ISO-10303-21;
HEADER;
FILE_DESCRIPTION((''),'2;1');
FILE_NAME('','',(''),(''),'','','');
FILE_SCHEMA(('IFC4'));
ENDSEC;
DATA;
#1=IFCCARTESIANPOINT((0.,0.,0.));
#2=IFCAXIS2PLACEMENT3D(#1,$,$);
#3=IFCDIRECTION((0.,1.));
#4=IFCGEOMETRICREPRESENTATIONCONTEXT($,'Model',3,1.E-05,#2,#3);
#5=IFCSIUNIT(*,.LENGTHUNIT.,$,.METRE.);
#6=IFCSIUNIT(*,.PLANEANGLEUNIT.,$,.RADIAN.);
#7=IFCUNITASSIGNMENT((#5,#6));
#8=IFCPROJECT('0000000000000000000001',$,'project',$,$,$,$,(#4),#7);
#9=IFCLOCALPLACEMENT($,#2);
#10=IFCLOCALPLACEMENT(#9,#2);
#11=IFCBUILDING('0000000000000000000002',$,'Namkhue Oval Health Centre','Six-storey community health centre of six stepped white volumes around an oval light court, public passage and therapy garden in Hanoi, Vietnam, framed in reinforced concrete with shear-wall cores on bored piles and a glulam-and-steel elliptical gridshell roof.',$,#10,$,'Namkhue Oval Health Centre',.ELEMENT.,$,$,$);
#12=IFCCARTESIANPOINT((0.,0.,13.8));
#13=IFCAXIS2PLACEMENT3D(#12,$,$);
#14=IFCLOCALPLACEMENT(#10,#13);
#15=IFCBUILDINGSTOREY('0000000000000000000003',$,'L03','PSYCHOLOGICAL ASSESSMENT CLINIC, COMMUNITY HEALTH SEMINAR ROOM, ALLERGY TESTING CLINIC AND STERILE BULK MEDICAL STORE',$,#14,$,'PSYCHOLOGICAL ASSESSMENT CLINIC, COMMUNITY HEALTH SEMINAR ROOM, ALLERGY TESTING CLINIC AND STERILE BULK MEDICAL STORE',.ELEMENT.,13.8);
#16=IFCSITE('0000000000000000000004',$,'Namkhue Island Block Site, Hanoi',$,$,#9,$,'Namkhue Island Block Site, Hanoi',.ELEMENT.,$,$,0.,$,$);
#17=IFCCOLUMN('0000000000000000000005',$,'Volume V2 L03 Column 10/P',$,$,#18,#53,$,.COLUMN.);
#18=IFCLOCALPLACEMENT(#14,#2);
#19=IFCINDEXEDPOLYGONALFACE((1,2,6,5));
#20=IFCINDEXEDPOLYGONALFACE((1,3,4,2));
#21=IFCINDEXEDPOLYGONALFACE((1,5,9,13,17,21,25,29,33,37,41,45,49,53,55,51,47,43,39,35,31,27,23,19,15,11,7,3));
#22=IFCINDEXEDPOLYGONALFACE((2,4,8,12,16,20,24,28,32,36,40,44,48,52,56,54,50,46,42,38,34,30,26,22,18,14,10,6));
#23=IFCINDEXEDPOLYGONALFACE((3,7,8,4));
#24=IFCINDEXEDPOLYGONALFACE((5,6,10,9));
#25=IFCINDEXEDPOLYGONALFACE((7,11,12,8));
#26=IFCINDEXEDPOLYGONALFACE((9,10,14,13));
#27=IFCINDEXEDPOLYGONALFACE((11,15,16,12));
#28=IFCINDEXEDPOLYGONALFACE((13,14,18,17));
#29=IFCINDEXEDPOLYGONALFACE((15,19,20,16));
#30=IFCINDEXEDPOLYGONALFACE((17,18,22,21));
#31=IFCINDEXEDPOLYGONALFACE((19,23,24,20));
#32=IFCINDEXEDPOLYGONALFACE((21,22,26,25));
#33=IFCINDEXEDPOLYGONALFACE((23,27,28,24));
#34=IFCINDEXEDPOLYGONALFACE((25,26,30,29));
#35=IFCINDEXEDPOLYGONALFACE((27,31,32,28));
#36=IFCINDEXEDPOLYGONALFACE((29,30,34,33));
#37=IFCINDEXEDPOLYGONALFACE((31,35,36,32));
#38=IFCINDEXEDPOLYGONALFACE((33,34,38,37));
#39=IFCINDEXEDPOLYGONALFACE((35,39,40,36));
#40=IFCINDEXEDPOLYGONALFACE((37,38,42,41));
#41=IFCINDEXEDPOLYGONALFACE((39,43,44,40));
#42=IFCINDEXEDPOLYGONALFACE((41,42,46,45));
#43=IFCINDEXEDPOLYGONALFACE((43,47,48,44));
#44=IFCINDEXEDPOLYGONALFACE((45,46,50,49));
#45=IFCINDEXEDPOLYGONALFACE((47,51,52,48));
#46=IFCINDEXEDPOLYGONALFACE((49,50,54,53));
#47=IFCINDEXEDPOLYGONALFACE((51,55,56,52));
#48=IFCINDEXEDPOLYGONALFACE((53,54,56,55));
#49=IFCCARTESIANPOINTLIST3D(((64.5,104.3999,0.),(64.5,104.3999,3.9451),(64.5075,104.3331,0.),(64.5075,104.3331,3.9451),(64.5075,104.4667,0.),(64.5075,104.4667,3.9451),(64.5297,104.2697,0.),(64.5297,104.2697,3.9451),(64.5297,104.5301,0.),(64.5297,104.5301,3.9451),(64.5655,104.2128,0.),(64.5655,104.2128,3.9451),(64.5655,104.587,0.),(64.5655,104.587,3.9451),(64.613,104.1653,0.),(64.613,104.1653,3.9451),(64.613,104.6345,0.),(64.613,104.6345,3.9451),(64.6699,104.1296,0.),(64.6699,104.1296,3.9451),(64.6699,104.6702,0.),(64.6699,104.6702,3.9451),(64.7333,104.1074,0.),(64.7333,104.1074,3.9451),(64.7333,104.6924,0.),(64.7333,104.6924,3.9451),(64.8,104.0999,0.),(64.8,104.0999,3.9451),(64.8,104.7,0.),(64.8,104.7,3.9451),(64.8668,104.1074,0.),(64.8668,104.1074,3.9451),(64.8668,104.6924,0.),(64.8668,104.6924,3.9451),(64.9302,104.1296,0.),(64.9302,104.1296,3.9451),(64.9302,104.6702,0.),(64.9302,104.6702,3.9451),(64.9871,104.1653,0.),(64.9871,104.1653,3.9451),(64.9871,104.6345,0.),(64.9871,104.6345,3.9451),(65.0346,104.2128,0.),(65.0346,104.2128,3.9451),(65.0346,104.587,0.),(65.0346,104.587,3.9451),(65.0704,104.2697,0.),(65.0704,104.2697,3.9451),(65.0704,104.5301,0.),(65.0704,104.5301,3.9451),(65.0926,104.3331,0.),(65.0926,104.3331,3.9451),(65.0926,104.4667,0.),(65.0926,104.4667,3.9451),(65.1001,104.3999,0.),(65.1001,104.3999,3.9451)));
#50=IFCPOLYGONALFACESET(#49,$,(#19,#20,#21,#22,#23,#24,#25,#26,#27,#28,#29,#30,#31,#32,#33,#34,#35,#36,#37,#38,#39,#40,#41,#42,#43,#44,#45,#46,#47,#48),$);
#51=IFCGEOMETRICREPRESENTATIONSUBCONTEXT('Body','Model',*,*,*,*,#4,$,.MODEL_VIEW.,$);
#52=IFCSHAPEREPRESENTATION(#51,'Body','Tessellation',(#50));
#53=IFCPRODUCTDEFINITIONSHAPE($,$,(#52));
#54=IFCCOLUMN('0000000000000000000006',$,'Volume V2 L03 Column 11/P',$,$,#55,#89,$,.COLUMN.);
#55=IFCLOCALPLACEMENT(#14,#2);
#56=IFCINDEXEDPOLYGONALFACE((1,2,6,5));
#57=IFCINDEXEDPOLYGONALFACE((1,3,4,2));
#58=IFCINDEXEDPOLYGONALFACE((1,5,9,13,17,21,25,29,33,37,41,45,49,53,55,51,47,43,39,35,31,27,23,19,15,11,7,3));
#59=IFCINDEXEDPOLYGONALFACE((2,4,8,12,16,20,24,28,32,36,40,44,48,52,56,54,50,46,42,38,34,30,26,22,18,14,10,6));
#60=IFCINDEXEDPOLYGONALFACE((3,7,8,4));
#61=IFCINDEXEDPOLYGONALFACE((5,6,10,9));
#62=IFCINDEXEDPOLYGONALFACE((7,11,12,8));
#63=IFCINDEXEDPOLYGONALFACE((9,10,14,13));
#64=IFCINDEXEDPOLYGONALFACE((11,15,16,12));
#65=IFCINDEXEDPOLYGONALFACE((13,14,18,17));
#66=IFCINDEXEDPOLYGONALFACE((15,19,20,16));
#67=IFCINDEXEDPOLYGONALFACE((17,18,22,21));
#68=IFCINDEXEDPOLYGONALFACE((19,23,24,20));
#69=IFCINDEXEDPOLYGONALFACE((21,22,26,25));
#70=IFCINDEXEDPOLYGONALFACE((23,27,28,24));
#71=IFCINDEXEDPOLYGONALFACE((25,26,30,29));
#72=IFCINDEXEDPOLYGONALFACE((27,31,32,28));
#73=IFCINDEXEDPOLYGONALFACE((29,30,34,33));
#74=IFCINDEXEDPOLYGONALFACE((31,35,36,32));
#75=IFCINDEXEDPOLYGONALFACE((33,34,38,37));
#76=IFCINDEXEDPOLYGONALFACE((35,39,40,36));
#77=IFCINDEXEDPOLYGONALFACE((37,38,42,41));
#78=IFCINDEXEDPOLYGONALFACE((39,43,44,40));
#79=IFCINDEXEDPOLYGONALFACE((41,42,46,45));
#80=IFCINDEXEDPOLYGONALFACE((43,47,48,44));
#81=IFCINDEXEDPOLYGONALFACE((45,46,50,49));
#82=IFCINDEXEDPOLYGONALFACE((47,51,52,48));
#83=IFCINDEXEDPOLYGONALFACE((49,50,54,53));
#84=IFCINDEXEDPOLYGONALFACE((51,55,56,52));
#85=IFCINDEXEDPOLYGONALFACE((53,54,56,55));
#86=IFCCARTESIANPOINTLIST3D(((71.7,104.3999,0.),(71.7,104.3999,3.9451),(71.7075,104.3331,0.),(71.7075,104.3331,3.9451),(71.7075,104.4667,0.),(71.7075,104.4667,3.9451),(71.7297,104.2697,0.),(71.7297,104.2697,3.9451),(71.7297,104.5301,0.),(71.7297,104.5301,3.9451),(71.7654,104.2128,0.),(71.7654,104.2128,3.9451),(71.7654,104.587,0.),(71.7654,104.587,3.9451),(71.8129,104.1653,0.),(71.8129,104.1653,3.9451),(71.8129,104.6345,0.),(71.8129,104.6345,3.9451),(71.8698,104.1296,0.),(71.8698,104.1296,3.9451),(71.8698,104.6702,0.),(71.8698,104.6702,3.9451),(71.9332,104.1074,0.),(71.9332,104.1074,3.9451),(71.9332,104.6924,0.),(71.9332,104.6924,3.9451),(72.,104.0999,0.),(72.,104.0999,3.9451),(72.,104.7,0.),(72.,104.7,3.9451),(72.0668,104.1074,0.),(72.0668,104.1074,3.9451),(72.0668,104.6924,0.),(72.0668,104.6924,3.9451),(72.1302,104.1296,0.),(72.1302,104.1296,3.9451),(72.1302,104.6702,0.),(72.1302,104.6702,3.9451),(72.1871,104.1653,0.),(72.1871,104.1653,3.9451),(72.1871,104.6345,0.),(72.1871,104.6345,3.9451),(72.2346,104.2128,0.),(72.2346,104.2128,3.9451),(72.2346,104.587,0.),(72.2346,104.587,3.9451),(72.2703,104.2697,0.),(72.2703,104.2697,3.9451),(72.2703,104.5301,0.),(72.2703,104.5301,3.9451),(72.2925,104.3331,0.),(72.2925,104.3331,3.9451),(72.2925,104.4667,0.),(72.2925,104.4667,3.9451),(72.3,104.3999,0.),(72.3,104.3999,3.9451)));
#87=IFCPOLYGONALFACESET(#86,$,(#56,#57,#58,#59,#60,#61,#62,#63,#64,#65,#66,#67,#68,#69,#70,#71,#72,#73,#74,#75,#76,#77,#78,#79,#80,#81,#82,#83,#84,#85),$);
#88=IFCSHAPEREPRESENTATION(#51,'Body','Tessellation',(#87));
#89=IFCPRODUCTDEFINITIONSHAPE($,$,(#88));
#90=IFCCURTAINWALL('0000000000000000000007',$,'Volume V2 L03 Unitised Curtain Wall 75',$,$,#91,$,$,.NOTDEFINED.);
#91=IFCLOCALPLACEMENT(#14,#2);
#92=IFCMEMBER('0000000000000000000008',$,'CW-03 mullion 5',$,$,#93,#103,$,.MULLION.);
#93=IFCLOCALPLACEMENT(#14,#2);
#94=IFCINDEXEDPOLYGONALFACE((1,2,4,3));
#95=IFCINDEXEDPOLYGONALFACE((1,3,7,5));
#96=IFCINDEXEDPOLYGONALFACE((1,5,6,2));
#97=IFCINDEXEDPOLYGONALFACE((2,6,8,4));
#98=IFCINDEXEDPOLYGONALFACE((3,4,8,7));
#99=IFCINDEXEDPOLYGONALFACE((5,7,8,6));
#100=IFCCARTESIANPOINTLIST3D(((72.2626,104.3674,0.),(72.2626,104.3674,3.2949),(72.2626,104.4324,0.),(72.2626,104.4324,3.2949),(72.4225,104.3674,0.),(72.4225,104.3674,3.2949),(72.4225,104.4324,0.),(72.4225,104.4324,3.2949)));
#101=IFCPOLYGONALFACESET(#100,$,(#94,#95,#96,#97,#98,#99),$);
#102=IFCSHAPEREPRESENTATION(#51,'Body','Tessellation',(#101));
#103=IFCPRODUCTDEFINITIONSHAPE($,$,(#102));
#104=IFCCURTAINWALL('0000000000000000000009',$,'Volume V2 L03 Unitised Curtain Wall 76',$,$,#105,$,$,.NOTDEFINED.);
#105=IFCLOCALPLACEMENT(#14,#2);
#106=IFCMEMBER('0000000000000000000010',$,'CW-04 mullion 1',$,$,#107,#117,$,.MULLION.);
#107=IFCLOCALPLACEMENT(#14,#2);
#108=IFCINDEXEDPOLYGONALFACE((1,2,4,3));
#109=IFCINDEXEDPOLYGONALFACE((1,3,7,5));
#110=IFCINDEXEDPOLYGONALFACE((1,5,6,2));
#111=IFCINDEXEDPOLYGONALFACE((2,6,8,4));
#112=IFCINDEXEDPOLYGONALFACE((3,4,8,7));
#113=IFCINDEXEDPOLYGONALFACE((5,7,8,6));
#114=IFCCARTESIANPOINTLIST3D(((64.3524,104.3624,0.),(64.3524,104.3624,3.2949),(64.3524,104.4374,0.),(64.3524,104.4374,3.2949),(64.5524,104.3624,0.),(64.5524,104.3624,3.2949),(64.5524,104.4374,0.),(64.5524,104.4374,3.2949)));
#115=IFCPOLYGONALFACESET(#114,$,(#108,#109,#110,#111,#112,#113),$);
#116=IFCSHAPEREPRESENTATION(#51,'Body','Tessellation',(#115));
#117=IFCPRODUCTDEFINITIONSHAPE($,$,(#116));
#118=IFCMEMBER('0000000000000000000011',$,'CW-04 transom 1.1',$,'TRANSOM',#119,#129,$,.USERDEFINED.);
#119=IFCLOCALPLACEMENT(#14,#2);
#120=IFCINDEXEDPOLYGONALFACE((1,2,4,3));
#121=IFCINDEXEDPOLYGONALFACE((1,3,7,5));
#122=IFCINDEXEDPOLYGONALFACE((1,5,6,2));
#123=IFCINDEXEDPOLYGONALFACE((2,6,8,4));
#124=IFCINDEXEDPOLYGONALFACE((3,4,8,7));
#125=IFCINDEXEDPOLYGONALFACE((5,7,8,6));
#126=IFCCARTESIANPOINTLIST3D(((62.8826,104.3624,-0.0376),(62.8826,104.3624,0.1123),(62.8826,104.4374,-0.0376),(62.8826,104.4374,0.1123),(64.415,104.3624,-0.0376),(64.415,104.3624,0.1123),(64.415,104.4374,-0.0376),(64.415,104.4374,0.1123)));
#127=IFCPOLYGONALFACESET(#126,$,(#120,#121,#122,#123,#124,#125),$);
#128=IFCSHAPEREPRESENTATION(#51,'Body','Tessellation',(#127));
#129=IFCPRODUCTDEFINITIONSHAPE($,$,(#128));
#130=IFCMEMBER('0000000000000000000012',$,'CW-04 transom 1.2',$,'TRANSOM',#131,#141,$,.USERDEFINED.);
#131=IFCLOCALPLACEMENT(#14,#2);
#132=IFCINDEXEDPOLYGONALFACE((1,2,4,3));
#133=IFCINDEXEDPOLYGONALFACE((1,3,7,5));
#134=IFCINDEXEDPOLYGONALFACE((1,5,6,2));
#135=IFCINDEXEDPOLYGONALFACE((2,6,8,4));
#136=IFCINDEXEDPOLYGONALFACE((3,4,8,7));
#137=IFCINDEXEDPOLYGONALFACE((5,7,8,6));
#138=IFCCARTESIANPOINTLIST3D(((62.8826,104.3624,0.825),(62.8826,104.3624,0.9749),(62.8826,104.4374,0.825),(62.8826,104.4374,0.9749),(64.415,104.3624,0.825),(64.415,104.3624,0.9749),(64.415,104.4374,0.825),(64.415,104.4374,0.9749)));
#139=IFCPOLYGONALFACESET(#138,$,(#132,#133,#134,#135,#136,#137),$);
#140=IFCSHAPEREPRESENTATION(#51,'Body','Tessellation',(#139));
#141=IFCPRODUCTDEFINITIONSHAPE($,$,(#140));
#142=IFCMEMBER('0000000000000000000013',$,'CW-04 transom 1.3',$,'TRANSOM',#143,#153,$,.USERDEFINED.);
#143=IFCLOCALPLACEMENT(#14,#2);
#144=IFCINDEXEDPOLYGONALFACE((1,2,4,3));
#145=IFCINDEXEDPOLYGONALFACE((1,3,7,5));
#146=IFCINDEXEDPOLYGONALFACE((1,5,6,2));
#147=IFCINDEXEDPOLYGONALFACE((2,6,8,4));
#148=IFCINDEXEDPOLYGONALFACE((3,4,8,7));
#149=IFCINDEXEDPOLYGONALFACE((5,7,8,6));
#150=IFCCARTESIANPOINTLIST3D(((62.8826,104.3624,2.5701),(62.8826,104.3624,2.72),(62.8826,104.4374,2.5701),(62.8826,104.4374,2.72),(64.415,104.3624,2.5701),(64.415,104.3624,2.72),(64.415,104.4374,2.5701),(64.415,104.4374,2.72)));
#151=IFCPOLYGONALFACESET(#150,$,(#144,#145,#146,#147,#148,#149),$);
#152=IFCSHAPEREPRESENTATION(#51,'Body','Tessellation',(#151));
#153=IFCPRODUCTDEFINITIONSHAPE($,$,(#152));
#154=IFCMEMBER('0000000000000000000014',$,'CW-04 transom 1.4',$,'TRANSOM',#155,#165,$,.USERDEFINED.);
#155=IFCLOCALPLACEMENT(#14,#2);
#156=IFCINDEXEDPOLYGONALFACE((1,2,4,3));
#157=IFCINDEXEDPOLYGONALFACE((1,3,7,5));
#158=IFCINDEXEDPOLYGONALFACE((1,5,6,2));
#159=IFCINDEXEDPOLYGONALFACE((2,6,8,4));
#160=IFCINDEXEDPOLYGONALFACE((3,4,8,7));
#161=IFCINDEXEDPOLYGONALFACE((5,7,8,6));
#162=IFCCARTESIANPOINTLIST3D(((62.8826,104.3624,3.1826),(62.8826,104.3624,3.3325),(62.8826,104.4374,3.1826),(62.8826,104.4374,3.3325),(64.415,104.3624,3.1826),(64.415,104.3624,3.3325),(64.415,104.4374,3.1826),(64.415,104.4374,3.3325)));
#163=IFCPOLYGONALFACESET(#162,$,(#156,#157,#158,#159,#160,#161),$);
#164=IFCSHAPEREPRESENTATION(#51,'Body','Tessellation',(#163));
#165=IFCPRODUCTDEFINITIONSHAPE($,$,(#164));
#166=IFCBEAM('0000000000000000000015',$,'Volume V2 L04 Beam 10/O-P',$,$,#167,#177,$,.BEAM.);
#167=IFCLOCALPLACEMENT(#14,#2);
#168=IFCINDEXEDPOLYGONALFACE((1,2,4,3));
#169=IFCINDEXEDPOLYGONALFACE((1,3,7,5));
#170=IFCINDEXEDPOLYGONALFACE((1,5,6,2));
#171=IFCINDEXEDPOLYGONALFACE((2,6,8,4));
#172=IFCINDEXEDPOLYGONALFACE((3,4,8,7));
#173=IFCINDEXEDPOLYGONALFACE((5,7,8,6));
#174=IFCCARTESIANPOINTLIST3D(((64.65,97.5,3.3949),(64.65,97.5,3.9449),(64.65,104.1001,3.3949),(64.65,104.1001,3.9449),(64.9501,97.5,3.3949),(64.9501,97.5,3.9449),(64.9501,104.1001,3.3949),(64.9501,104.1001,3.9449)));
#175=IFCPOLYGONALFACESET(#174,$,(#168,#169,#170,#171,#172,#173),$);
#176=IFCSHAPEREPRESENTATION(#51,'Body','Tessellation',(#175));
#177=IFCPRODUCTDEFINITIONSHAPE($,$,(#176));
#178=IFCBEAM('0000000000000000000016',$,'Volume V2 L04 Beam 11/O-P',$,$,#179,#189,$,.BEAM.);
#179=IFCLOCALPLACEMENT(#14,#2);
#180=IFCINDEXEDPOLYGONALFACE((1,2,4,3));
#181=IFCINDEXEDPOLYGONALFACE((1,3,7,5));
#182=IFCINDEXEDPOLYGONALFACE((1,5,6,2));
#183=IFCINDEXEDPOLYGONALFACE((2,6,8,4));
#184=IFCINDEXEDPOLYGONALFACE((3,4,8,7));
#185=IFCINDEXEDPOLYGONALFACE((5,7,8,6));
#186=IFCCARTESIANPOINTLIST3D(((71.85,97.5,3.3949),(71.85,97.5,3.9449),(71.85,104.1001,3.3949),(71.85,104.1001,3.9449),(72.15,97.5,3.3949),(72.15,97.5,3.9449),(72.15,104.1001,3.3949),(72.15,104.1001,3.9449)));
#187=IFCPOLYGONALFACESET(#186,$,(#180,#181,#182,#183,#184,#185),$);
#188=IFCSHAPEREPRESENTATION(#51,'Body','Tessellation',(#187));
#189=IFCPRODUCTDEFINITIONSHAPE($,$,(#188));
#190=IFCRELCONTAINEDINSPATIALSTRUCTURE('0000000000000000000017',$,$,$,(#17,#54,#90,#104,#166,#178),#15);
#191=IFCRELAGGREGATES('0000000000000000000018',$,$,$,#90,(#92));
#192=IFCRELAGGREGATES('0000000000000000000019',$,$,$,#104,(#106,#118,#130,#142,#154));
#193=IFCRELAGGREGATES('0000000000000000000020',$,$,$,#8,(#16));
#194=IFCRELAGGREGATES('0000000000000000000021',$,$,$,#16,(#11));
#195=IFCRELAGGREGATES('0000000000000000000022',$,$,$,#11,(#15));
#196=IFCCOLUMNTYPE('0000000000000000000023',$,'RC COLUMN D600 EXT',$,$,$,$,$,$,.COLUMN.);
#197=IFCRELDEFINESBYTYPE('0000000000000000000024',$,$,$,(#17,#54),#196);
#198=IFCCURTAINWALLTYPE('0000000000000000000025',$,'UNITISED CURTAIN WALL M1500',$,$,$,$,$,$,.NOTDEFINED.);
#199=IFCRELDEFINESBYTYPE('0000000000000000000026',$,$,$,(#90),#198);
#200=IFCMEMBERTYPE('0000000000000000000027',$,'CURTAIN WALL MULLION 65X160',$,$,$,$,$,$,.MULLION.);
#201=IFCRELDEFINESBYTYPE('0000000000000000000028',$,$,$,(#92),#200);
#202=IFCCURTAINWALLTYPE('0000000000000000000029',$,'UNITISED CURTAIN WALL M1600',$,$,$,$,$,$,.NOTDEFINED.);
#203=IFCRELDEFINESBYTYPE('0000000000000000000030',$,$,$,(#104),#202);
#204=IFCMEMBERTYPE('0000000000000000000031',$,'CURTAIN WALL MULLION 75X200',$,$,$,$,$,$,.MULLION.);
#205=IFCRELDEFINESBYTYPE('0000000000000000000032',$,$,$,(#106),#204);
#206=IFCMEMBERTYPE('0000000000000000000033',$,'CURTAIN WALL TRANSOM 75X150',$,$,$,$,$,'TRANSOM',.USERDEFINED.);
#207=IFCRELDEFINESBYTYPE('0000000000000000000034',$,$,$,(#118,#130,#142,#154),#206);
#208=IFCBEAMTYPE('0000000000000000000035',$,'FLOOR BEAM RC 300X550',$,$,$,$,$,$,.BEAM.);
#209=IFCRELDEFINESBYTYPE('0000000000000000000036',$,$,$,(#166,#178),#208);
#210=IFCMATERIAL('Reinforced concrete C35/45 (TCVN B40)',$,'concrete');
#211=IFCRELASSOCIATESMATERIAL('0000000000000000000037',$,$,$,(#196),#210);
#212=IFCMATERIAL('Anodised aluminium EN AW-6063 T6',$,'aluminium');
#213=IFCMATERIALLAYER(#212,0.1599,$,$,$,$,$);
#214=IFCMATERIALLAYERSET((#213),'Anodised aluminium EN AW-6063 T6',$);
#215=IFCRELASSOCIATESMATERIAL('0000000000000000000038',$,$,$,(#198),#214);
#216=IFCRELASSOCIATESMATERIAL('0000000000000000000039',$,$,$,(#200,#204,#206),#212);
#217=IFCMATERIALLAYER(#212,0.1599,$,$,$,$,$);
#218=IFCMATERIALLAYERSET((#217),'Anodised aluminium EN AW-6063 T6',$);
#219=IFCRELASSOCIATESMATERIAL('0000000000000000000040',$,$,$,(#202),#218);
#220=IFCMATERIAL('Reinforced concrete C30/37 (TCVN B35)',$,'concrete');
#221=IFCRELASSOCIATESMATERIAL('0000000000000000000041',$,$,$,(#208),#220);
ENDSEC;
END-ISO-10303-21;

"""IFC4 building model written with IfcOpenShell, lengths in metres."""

from ifc_helpers import new_model, si_unit, direction, frame, origin, origin_2d, place, context, subcontext, project, spatial, rectangle, circle, extrude, material, layer, layer_set, material_profile, profile_set, type_object, element, aggregate, save


model = new_model("IFC4")

# Units and contexts
model_context = context("Model", 3, precision=1e-05, world=origin(), true_north=direction((0.0, 1.0)))
body_context = subcontext(model_context, "Body", "Model", "MODEL_VIEW")
ifc_project = project(units=[si_unit("LENGTHUNIT", "METRE"), si_unit("PLANEANGLEUNIT", "RADIAN")], contexts=[model_context])

# Site, building, storey
site_placement = place(None, origin())
site = spatial("IfcSite", under=ifc_project, at=site_placement, Name="Namkhue Island Block Site, Hanoi", LongName="Namkhue Island Block Site, Hanoi", CompositionType="ELEMENT", RefElevation=0.0)
building_placement = place(site_placement, origin())
building = spatial("IfcBuilding", under=site, at=building_placement, Name="Namkhue Oval Health Centre", Description="Six-storey community health centre of six stepped white volumes around an oval light court, public passage and therapy garden in Hanoi, Vietnam, framed in reinforced concrete with shear-wall cores on bored piles and a glulam-and-steel elliptical gridshell roof.", LongName="Namkhue Oval Health Centre", CompositionType="ELEMENT")
storey_placement = place(building_placement, frame((0.0, 0.0, 13.8)))
storey = spatial("IfcBuildingStorey", under=building, at=storey_placement, Name="L03", Description="PSYCHOLOGICAL ASSESSMENT CLINIC, COMMUNITY HEALTH SEMINAR ROOM, ALLERGY TESTING CLINIC AND STERILE BULK MEDICAL STORE", LongName="PSYCHOLOGICAL ASSESSMENT CLINIC, COMMUNITY HEALTH SEMINAR ROOM, ALLERGY TESTING CLINIC AND STERILE BULK MEDICAL STORE", CompositionType="ELEMENT", Elevation=13.8)

# Columns
ifc_material_1 = material(Name="Reinforced concrete C35/45 (TCVN B40)", Category="concrete")
ifc_material_profile_1 = material_profile(ifc_material_1, circle(Radius=0.3, at=origin_2d()), Name="RC D600")
ifc_profile_set_1 = profile_set([ifc_material_profile_1], Name="Reinforced concrete C35/45 (TCVN B40)")
column_type = type_object("IfcColumnType", Name="RC COLUMN D600 EXT", PredefinedType="COLUMN", material=ifc_profile_set_1)
for number, where, z_axis, x_axis, name in (
    (1, (64.8, 104.3999, 0.0), (0.0, 0.0, 1.0), (1.0, 0.0, 0.0), "Volume V2 L03 Column 10/P"),
    (2, (72.0, 104.3999, 0.0), (0.0, 0.0, 1.0), (1.0, 0.0, 0.0), "Volume V2 L03 Column 11/P"),
):
    element("IfcColumn", number, at=place(storey_placement, frame(where, z_axis=z_axis, x_axis=x_axis)), inside=storey, type_object=column_type, Name=name, PredefinedType="COLUMN", context=body_context, shape_type="SweptSolid", body=[
        extrude(circle(Radius=0.3, at=origin_2d()), origin(), (0.0, 0.0, 1.0), 3.9451),
    ])

# Curtain wall, member
ifc_material_2 = material(Name="Anodised aluminium EN AW-6063 T6", Category="aluminium")
ifc_layer_1 = layer(ifc_material_2, 0.1599)
ifc_layer_set_1 = layer_set([ifc_layer_1], Name="Anodised aluminium EN AW-6063 T6")
curtain_wall_type_1 = type_object("IfcCurtainWallType", Name="UNITISED CURTAIN WALL M1500", PredefinedType="NOTDEFINED", material=ifc_layer_set_1)
curtain_wall_1_placement = place(storey_placement, origin())
curtain_wall_1 = element("IfcCurtainWall", 3, at=curtain_wall_1_placement, inside=storey, type_object=curtain_wall_type_1, Name="Volume V2 L03 Unitised Curtain Wall 75", PredefinedType="NOTDEFINED")
ifc_material_profile_2 = material_profile(ifc_material_2, rectangle(XDim=0.0649, YDim=0.1599, at=origin_2d()), Name="ALU 65x160")
ifc_profile_set_2 = profile_set([ifc_material_profile_2], Name="Anodised aluminium EN AW-6063 T6")
member_type_1 = type_object("IfcMemberType", Name="CURTAIN WALL MULLION 65X160", PredefinedType="MULLION", material=ifc_profile_set_2)
member_1_placement = place(storey_placement, frame((72.3425, 104.3999, 0.0), z_axis=(0.0, 0.0, 1.0), x_axis=(0.0, -1.0, 0.0)))
member_1 = element("IfcMember", 4, at=member_1_placement, type_object=member_type_1, Name="CW-03 mullion 5", PredefinedType="MULLION", context=body_context, shape_type="SweptSolid", body=[
    extrude(rectangle(XDim=0.0649, YDim=0.1599, at=origin_2d()), origin(), (0.0, 0.0, 1.0), 3.2949),
])
aggregate(curtain_wall_1, [member_1])

# Curtain wall, members
ifc_layer_2 = layer(ifc_material_2, 0.1599)
ifc_layer_set_2 = layer_set([ifc_layer_2], Name="Anodised aluminium EN AW-6063 T6")
curtain_wall_type_2 = type_object("IfcCurtainWallType", Name="UNITISED CURTAIN WALL M1600", PredefinedType="NOTDEFINED", material=ifc_layer_set_2)
curtain_wall_2_placement = place(storey_placement, origin())
curtain_wall_2 = element("IfcCurtainWall", 5, at=curtain_wall_2_placement, inside=storey, type_object=curtain_wall_type_2, Name="Volume V2 L03 Unitised Curtain Wall 76", PredefinedType="NOTDEFINED")
ifc_material_profile_3 = material_profile(ifc_material_2, rectangle(XDim=0.075, YDim=0.2, at=origin_2d()), Name="ALU 75x200")
ifc_profile_set_3 = profile_set([ifc_material_profile_3], Name="Anodised aluminium EN AW-6063 T6")
member_type_2 = type_object("IfcMemberType", Name="CURTAIN WALL MULLION 75X200", PredefinedType="MULLION", material=ifc_profile_set_3)
member_2_placement = place(storey_placement, frame((64.4524, 104.3999, 0.0), z_axis=(0.0, 0.0, 1.0), x_axis=(0.0, -1.0, 0.0)))
member_2 = element("IfcMember", 6, at=member_2_placement, type_object=member_type_2, Name="CW-04 mullion 1", PredefinedType="MULLION", context=body_context, shape_type="SweptSolid", body=[
    extrude(rectangle(XDim=0.075, YDim=0.2, at=origin_2d()), origin(), (0.0, 0.0, 1.0), 3.2949),
])
ifc_material_profile_4 = material_profile(ifc_material_2, rectangle(XDim=0.075, YDim=0.1499, at=origin_2d()), Name="ALU 75x150")
ifc_profile_set_4 = profile_set([ifc_material_profile_4], Name="Anodised aluminium EN AW-6063 T6")
member_type_3 = type_object("IfcMemberType", Name="CURTAIN WALL TRANSOM 75X150", ElementType="TRANSOM", PredefinedType="USERDEFINED", material=ifc_profile_set_4)
member_3_placement = place(storey_placement, frame((64.415, 104.3999, 0.0374), z_axis=(-1.0, 0.0, 0.0), x_axis=(0.0, -1.0, 0.0)))
member_3 = element("IfcMember", 7, at=member_3_placement, type_object=member_type_3, Name="CW-04 transom 1.1", ObjectType="TRANSOM", PredefinedType="USERDEFINED", context=body_context, shape_type="SweptSolid", body=[
    extrude(rectangle(XDim=0.075, YDim=0.1499, at=origin_2d()), origin(), (0.0, 0.0, 1.0), 1.5325),
])
member_4_placement = place(storey_placement, frame((64.415, 104.3999, 0.8999), z_axis=(-1.0, 0.0, 0.0), x_axis=(0.0, -1.0, 0.0)))
member_4 = element("IfcMember", 8, at=member_4_placement, type_object=member_type_3, Name="CW-04 transom 1.2", ObjectType="TRANSOM", PredefinedType="USERDEFINED", context=body_context, shape_type="SweptSolid", body=[
    extrude(rectangle(XDim=0.075, YDim=0.1499, at=origin_2d()), origin(), (0.0, 0.0, 1.0), 1.5325),
])
member_5_placement = place(storey_placement, frame((64.415, 104.3999, 2.645), z_axis=(-1.0, 0.0, 0.0), x_axis=(0.0, -1.0, 0.0)))
member_5 = element("IfcMember", 9, at=member_5_placement, type_object=member_type_3, Name="CW-04 transom 1.3", ObjectType="TRANSOM", PredefinedType="USERDEFINED", context=body_context, shape_type="SweptSolid", body=[
    extrude(rectangle(XDim=0.075, YDim=0.1499, at=origin_2d()), origin(), (0.0, 0.0, 1.0), 1.5325),
])
member_6_placement = place(storey_placement, frame((64.415, 104.3999, 3.2576), z_axis=(-1.0, 0.0, 0.0), x_axis=(0.0, -1.0, 0.0)))
member_6 = element("IfcMember", 10, at=member_6_placement, type_object=member_type_3, Name="CW-04 transom 1.4", ObjectType="TRANSOM", PredefinedType="USERDEFINED", context=body_context, shape_type="SweptSolid", body=[
    extrude(rectangle(XDim=0.075, YDim=0.1499, at=origin_2d()), origin(), (0.0, 0.0, 1.0), 1.5325),
])

# Beams
ifc_material_3 = material(Name="Reinforced concrete C30/37 (TCVN B35)", Category="concrete")
ifc_material_profile_5 = material_profile(ifc_material_3, rectangle(XDim=0.3, YDim=0.55, at=origin_2d()), Name="RC 300x550")
ifc_profile_set_5 = profile_set([ifc_material_profile_5], Name="Reinforced concrete C30/37 (TCVN B35)")
beam_type_1 = type_object("IfcBeamType", Name="FLOOR BEAM RC 300X550", PredefinedType="BEAM", material=ifc_profile_set_5)
for number, where, z_axis, x_axis, name in (
    (11, (64.8, 97.5, 3.6699), (0.0, 1.0, 0.0), (-1.0, 0.0, 0.0), "Volume V2 L04 Beam 10/O-P"),
    (12, (72.0, 97.5, 3.6699), (0.0, 1.0, 0.0), (-1.0, 0.0, 0.0), "Volume V2 L04 Beam 11/O-P"),
):
    element("IfcBeam", number, at=place(storey_placement, frame(where, z_axis=z_axis, x_axis=x_axis)), inside=storey, type_object=beam_type_1, Name=name, PredefinedType="BEAM", context=body_context, shape_type="SweptSolid", body=[
        extrude(rectangle(XDim=0.3, YDim=0.55, at=origin_2d()), origin(), (0.0, 0.0, 1.0), 6.6001),
    ])

aggregate(curtain_wall_2, [member_2, member_3, member_4, member_5, member_6])

save(model, "model.ifc")
